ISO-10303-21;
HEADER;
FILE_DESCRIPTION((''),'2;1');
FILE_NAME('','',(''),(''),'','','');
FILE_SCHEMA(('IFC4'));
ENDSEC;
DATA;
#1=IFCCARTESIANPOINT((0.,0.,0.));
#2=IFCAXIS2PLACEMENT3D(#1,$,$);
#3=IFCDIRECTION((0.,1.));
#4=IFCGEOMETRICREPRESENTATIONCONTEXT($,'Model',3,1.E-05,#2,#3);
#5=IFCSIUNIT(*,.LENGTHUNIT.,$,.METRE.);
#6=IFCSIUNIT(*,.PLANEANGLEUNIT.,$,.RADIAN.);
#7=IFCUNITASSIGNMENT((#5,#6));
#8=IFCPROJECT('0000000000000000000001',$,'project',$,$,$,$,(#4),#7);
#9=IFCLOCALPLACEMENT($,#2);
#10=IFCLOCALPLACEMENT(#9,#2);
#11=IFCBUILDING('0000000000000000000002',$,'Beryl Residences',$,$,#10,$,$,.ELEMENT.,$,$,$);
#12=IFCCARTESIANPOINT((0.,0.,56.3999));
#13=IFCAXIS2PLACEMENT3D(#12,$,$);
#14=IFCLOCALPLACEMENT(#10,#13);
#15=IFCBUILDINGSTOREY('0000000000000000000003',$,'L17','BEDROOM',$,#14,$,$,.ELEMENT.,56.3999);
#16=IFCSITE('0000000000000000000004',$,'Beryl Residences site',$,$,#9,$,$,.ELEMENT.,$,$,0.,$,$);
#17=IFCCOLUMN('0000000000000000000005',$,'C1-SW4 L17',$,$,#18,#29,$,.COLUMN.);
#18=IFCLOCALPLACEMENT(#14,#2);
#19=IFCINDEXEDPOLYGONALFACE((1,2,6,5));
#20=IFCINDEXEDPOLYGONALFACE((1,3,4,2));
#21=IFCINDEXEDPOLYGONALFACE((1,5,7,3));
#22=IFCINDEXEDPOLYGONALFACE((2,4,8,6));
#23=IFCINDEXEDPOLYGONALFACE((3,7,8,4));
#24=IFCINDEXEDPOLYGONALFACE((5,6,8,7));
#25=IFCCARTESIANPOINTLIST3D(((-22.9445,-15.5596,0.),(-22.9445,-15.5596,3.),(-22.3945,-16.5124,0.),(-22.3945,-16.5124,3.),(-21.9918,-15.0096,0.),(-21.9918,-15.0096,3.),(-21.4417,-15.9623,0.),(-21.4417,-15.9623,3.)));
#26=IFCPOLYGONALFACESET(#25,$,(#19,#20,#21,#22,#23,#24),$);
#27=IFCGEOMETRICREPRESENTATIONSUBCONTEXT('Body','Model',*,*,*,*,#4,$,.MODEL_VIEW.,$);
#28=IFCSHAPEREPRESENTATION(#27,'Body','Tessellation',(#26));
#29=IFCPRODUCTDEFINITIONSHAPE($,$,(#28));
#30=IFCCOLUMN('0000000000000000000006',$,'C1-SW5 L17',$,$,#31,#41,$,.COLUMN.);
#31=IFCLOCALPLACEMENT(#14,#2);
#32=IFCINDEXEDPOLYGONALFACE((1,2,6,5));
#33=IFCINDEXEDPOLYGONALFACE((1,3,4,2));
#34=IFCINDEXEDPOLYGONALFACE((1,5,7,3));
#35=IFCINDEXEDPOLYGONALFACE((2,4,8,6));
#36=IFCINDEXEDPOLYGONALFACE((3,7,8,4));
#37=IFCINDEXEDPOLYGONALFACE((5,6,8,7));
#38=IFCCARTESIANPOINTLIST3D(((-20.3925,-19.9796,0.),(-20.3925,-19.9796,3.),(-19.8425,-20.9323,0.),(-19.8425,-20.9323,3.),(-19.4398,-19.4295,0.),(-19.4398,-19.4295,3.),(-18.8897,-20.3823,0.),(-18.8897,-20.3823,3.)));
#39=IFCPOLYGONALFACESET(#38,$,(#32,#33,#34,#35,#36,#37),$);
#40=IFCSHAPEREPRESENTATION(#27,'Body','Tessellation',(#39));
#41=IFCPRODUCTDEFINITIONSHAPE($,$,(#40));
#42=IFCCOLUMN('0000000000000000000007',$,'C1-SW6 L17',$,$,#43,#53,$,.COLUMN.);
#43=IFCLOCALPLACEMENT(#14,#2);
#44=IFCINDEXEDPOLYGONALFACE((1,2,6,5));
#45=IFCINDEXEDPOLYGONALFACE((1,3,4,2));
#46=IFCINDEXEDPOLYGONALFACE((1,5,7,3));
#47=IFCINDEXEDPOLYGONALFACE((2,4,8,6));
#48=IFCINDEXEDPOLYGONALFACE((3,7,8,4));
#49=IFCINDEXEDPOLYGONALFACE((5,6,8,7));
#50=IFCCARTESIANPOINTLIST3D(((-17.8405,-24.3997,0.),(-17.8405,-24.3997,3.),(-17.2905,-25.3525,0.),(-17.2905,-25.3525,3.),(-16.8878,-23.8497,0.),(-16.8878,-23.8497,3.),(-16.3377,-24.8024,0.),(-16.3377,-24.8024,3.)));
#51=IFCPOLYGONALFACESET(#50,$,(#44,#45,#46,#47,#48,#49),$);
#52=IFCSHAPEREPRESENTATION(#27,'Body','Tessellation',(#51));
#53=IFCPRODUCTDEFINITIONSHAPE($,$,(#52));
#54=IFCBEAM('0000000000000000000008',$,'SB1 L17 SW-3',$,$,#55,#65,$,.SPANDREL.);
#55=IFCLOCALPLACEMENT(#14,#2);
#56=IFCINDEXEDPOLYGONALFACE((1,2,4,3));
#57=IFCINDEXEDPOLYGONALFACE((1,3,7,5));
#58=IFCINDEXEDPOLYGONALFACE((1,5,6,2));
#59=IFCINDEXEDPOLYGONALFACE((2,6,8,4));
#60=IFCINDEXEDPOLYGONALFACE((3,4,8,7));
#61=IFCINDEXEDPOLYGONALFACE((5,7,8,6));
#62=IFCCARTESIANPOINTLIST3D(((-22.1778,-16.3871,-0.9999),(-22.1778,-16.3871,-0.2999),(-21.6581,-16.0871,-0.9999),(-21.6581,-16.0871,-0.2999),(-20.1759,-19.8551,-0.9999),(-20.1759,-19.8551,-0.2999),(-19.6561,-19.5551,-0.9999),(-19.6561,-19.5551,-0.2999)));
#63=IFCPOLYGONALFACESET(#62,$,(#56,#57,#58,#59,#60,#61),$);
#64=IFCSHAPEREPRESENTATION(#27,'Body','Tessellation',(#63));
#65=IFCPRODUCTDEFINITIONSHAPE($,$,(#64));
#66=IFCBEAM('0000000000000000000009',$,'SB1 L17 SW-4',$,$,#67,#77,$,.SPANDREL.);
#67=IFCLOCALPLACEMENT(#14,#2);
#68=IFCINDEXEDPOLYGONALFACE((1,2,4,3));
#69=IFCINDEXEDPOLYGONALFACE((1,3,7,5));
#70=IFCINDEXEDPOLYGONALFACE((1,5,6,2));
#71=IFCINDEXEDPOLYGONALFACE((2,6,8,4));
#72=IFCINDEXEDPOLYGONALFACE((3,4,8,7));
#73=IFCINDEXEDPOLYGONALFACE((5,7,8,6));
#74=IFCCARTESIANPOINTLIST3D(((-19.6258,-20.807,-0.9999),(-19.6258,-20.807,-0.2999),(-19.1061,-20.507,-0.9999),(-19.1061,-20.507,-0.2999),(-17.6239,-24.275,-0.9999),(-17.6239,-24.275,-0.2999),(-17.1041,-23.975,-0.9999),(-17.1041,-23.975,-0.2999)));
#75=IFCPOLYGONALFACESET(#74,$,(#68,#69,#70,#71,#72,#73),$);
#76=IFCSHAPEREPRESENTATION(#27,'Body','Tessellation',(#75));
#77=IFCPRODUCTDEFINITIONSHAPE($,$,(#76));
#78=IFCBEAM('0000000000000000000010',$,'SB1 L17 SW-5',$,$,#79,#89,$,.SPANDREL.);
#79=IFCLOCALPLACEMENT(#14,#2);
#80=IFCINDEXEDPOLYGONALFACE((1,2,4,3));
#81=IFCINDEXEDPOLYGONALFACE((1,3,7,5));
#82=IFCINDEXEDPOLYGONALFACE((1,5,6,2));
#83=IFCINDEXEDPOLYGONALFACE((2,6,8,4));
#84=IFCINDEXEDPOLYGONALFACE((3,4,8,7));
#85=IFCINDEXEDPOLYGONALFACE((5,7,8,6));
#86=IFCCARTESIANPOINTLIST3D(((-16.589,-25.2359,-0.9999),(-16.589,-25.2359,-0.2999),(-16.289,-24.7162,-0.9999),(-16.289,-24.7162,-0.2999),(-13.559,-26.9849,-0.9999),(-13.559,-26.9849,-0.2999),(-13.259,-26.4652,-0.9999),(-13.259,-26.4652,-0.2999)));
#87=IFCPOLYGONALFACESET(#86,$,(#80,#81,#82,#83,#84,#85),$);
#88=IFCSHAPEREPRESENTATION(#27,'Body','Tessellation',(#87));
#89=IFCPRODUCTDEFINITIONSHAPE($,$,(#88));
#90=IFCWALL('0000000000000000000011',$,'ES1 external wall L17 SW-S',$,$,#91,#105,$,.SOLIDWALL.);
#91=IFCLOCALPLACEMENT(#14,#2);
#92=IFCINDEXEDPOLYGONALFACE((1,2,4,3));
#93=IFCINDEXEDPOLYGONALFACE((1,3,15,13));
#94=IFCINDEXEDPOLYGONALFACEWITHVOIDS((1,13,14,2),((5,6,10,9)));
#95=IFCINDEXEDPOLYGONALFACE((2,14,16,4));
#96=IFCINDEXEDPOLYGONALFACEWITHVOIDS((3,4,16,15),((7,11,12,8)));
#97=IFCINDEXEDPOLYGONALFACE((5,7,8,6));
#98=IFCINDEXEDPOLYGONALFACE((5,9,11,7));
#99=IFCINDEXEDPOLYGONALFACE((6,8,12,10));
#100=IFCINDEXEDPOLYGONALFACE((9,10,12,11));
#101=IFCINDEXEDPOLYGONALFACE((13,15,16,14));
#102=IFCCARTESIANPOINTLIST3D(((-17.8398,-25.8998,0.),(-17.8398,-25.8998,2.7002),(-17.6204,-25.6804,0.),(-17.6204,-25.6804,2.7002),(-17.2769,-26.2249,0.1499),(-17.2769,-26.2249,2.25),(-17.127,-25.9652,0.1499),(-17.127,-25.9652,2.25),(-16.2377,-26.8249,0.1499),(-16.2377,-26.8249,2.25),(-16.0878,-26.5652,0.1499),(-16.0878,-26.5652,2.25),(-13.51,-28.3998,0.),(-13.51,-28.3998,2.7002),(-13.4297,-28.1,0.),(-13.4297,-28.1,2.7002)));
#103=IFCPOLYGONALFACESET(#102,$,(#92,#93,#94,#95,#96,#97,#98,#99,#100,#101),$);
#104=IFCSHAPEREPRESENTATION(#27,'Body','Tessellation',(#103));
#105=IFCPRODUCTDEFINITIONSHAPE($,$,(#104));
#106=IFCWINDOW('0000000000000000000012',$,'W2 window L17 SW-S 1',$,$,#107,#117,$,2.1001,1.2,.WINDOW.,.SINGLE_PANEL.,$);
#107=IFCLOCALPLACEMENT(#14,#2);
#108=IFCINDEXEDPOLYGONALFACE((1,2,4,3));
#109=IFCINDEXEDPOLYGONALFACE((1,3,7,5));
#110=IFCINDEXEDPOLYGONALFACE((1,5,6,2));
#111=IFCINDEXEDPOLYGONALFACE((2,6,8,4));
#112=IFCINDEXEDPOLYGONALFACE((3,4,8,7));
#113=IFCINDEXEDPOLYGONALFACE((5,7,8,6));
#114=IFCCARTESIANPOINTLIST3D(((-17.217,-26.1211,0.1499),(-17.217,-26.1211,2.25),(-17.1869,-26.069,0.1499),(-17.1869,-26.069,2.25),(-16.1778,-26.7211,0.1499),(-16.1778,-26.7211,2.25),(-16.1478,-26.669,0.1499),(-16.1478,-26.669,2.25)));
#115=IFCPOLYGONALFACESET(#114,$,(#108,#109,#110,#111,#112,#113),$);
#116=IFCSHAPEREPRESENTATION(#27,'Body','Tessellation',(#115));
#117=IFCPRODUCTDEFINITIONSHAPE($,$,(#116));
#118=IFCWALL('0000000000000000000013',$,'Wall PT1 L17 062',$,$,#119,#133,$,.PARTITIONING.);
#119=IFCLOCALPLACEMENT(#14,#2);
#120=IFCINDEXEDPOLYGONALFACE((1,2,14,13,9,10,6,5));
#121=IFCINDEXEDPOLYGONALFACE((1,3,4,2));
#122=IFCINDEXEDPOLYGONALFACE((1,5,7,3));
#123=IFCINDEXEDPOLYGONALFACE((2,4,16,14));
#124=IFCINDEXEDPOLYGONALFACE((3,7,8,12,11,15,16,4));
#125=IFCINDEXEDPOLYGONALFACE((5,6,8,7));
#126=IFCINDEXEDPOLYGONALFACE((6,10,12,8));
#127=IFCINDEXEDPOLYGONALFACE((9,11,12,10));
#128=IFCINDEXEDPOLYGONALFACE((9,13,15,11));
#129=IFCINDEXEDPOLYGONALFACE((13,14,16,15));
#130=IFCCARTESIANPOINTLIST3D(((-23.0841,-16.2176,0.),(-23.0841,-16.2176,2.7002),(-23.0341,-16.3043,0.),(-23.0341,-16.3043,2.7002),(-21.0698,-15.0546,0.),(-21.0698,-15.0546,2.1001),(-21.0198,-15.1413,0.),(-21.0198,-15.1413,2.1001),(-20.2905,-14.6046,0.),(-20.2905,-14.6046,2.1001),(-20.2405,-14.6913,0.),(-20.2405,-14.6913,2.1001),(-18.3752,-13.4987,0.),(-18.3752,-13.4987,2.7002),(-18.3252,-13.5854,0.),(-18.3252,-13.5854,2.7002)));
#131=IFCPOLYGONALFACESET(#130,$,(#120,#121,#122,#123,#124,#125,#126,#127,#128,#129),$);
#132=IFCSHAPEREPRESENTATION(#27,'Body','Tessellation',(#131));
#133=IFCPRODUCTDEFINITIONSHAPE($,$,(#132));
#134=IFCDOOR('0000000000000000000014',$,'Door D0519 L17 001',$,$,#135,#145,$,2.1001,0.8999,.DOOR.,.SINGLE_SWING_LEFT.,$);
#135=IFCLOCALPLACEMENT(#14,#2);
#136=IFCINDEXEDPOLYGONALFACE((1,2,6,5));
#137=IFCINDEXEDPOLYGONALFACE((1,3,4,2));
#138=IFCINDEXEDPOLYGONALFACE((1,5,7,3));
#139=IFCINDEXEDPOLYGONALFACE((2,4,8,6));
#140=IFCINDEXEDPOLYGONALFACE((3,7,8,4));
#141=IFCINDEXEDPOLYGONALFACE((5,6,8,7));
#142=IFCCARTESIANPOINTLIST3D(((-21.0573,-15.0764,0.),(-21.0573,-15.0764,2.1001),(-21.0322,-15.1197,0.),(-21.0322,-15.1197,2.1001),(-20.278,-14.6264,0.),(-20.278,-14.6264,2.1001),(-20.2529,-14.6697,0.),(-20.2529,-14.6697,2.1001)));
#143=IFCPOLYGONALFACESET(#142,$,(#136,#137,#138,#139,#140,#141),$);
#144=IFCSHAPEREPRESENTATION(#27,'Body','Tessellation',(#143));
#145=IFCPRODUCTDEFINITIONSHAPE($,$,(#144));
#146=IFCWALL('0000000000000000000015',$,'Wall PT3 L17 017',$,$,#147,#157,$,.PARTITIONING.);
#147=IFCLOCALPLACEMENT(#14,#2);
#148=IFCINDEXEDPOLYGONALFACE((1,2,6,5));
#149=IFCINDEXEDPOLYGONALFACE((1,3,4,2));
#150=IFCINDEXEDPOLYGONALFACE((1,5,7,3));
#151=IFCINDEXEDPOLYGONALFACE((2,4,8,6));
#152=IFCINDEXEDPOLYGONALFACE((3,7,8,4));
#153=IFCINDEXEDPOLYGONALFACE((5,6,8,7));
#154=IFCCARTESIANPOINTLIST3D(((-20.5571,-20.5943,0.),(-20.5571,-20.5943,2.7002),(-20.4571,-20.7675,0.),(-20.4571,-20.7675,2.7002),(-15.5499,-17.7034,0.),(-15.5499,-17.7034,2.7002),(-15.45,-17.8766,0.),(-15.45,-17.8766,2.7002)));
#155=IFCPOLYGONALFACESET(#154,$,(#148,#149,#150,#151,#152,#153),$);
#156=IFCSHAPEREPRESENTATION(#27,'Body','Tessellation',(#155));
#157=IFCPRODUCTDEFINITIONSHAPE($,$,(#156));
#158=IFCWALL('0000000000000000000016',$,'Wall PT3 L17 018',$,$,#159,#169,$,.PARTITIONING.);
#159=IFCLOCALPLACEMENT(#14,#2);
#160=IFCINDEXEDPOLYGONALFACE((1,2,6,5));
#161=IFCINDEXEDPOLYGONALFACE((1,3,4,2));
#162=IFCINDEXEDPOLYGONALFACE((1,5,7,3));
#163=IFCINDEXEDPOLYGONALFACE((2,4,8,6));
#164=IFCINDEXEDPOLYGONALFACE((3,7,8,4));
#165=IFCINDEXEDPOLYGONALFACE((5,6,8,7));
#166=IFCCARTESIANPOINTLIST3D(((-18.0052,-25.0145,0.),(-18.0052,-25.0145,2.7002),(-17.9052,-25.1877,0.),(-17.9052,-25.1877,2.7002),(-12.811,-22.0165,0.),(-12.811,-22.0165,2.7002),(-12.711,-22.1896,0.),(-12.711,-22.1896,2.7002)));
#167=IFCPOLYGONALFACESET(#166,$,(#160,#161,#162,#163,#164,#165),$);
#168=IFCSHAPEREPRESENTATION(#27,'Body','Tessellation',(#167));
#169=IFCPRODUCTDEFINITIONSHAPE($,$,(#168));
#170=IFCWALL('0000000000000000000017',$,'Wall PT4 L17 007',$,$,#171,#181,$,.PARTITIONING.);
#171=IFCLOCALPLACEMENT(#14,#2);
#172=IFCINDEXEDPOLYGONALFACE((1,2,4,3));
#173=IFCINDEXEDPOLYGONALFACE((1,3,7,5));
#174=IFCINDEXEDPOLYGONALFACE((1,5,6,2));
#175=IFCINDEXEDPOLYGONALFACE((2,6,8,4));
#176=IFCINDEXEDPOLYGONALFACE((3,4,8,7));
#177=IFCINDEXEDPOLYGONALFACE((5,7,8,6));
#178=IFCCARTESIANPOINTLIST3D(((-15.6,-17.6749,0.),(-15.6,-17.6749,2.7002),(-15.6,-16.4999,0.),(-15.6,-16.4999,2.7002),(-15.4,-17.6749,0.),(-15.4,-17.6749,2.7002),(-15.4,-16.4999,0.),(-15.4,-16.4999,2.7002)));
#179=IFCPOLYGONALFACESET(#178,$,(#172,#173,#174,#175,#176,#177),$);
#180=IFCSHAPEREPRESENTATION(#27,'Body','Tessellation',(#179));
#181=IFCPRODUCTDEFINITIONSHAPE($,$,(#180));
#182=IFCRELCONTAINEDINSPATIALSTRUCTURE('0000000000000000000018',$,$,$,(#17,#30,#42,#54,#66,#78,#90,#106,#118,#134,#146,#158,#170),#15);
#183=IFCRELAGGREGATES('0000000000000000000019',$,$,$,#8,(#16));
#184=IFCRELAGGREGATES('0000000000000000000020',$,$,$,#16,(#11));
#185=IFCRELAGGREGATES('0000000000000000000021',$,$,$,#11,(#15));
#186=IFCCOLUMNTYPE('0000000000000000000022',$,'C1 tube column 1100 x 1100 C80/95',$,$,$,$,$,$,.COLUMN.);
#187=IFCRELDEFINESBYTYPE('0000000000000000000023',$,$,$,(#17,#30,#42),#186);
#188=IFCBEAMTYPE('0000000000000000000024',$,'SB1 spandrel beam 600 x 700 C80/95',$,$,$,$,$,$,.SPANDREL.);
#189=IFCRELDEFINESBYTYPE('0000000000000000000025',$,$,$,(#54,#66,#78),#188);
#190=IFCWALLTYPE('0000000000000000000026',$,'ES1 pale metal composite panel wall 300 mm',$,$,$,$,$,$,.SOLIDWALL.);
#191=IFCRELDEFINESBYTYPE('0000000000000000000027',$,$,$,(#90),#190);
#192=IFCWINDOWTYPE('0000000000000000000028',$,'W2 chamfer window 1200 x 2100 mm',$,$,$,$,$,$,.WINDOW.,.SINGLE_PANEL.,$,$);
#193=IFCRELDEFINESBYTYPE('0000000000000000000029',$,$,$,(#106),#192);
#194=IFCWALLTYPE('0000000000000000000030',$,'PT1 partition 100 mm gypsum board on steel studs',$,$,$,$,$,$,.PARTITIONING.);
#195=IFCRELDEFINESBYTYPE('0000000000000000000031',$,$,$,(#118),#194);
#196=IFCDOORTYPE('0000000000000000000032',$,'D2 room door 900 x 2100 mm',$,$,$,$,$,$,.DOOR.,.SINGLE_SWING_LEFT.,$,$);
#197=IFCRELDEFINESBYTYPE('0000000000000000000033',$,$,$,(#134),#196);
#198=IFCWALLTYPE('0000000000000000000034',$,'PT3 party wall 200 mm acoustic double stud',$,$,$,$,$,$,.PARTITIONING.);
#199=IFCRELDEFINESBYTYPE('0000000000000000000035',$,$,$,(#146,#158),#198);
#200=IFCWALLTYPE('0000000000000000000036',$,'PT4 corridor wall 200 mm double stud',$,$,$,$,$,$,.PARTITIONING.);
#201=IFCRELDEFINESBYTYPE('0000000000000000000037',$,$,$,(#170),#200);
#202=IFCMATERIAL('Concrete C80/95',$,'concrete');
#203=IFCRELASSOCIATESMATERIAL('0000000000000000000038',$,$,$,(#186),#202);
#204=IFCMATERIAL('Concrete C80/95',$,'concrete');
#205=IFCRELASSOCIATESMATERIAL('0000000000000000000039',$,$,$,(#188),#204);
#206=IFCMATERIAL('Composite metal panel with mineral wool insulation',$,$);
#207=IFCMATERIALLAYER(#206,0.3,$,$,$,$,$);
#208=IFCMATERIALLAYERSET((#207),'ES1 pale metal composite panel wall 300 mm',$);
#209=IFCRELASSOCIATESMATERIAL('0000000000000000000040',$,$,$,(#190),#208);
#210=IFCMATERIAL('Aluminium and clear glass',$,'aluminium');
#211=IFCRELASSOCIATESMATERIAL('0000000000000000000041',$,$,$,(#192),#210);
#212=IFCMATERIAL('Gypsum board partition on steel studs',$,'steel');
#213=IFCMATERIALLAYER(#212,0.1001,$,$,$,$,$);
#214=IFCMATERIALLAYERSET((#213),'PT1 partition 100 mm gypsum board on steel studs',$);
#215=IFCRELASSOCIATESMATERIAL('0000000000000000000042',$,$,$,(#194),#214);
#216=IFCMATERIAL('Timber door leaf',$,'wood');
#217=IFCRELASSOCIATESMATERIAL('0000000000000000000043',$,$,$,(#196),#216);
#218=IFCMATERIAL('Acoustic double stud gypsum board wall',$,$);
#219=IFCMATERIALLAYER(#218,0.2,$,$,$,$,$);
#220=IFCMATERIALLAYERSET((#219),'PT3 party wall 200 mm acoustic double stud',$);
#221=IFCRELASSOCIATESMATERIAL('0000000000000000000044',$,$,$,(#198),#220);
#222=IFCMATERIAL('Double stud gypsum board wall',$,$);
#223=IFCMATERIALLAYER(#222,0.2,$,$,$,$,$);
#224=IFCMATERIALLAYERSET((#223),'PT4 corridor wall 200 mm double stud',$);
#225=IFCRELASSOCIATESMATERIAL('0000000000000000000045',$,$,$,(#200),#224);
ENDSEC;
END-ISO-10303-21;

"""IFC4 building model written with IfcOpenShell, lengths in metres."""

from ifc_helpers import new_model, si_unit, direction, frame, frame_2d, origin, origin_2d, place, context, subcontext, project, spatial, polyline, rectangle, outline, extrude, material, layer, layer_set, material_profile, profile_set, type_object, element, fill, save


model = new_model("IFC4")

# Units and contexts
model_context = context("Model", 3, precision=1e-05, world=origin(), true_north=direction((0.0, 1.0)))
body_context = subcontext(model_context, "Body", "Model", "MODEL_VIEW")
ifc_project = project(units=[si_unit("LENGTHUNIT", "METRE"), si_unit("PLANEANGLEUNIT", "RADIAN")], contexts=[model_context])

# Site, building, storey
site_placement = place(None, origin())
site = spatial("IfcSite", under=ifc_project, at=site_placement, Name="Beryl Residences site", CompositionType="ELEMENT", RefElevation=0.0)
building_placement = place(site_placement, origin())
building = spatial("IfcBuilding", under=site, at=building_placement, Name="Beryl Residences", CompositionType="ELEMENT")
storey_placement = place(building_placement, frame((0.0, 0.0, 56.3999)))
storey = spatial("IfcBuildingStorey", under=building, at=storey_placement, Name="L17", Description="BEDROOM", CompositionType="ELEMENT", Elevation=56.3999)

# Columns
ifc_material_1 = material(Name="Concrete C80/95", Category="concrete")
ifc_material_profile_1 = material_profile(ifc_material_1, rectangle(XDim=1.1001, YDim=1.1001, at=origin_2d()))
ifc_profile_set_1 = profile_set([ifc_material_profile_1], Name="Concrete C80/95")
column_type = type_object("IfcColumnType", Name="C1 tube column 1100 x 1100 C80/95", PredefinedType="COLUMN", material=ifc_profile_set_1)
for number, where, z_axis, x_axis, name in (
    (1, (-22.1931, -15.761, 0.0), (0.0, 0.0, 1.0), (0.499985, -0.866034, 0.0), "C1-SW4 L17"),
    (2, (-19.6411, -20.1809, 0.0), (0.0, 0.0, 1.0), (0.499985, -0.866034, 0.0), "C1-SW5 L17"),
    (3, (-17.0891, -24.6011, 0.0), (0.0, 0.0, 1.0), (0.499985, -0.866034, 0.0), "C1-SW6 L17"),
):
    element("IfcColumn", number, at=place(storey_placement, frame(where, z_axis=z_axis, x_axis=x_axis)), inside=storey, type_object=column_type, Name=name, PredefinedType="COLUMN", context=body_context, shape_type="SweptSolid", body=[
        extrude(rectangle(XDim=1.1001, YDim=1.1001, at=origin_2d()), origin(), (0.0, 0.0, 1.0), 3.0),
    ])

# Beams
ifc_material_2 = material(Name="Concrete C80/95", Category="concrete")
ifc_material_profile_2 = material_profile(ifc_material_2, rectangle(XDim=0.6001, YDim=0.7, at=origin_2d()))
ifc_profile_set_2 = profile_set([ifc_material_profile_2], Name="Concrete C80/95")
beam_type = type_object("IfcBeamType", Name="SB1 spandrel beam 600 x 700 C80/95", PredefinedType="SPANDREL", material=ifc_profile_set_2)
for number, where, z_axis, x_axis, name in (
    (4, (-21.918, -16.2371, -0.6499), (0.499942, -0.866059, 0.0), (0.866059, 0.499942, 0.0), "SB1 L17 SW-3"),
    (5, (-19.366, -20.657, -0.6499), (0.499942, -0.866059, 0.0), (0.866059, 0.499942, 0.0), "SB1 L17 SW-4"),
):
    element("IfcBeam", number, at=place(storey_placement, frame(where, z_axis=z_axis, x_axis=x_axis)), inside=storey, type_object=beam_type, Name=name, PredefinedType="SPANDREL", context=body_context, shape_type="SweptSolid", body=[
        extrude(rectangle(XDim=0.6001, YDim=0.7, at=origin_2d()), origin(), (0.0, 0.0, 1.0), 4.0044),
    ])
beam_placement = place(storey_placement, frame((-16.439, -24.9761, -0.6499), z_axis=(0.866071, -0.499922, 0.0), x_axis=(0.499922, 0.866071, 0.0)))
element("IfcBeam", 6, at=beam_placement, inside=storey, type_object=beam_type, Name="SB1 L17 SW-5", PredefinedType="SPANDREL", context=body_context, shape_type="SweptSolid", body=[
    extrude(rectangle(XDim=0.6001, YDim=0.7, at=origin_2d()), origin(), (0.0, 0.0, 1.0), 3.4985),
])

# Wall, opening, window
ifc_material_3 = material(Name="Composite metal panel with mineral wool insulation")
ifc_layer_1 = layer(ifc_material_3, 0.3)
ifc_layer_set_1 = layer_set([ifc_layer_1], Name="ES1 pale metal composite panel wall 300 mm")
wall_type_1 = type_object("IfcWallType", Name="ES1 pale metal composite panel wall 300 mm", PredefinedType="SOLIDWALL", material=ifc_layer_set_1)
wall_1_placement = place(storey_placement, frame((-17.7649, -25.77, 0.0), z_axis=(0.0, 0.0, 1.0), x_axis=(0.866011, -0.500025, 0.0)))
wall_1 = element("IfcWall", 7, at=wall_1_placement, inside=storey, type_object=wall_type_1, Name="ES1 external wall L17 SW-S", PredefinedType="SOLIDWALL", context=body_context, shape_type="SweptSolid", body=[
    extrude(outline(polyline([(0.0, -0.1499), (4.9998, -0.1499), (4.9194, 0.1499), (0.0803, 0.1499), (0.0, -0.1499)])), origin(), (0.0, 0.0, 1.0), 2.7002),
])
opening_1_placement = place(wall_1_placement, frame((0.6499, 0.0, 0.1499)))
opening_1 = element("IfcOpeningElement", 8, at=opening_1_placement, cuts=wall_1, PredefinedType="OPENING", context=body_context, shape_type="SweptSolid", body=[
    extrude(rectangle(XDim=1.2, YDim=2.1001, at=frame_2d((0.6001, 1.05))), frame((0.0, 0.1599, 0.0), z_axis=(0.0, -1.0, 0.0), x_axis=(1.0, 0.0, 0.0)), (0.0, 0.0, 1.0), 0.3201),
])
ifc_material_4 = material(Name="Aluminium and clear glass", Category="aluminium")
window_type = type_object("IfcWindowType", Name="W2 chamfer window 1200 x 2100 mm", PartitioningType="SINGLE_PANEL", PredefinedType="WINDOW", material=ifc_material_4)
window_placement = place(opening_1_placement, origin())
window = element("IfcWindow", 9, at=window_placement, inside=storey, type_object=window_type, Name="W2 window L17 SW-S 1", OverallHeight=2.1001, OverallWidth=1.2, PartitioningType="SINGLE_PANEL", PredefinedType="WINDOW", context=body_context, shape_type="SweptSolid", body=[
    extrude(rectangle(XDim=1.2, YDim=2.1001, at=frame_2d((0.6001, 1.05))), frame((0.0, 0.03, 0.0), z_axis=(0.0, -1.0, 0.0), x_axis=(1.0, 0.0, 0.0)), (0.0, 0.0, 1.0), 0.0601),
])
fill(opening_1, window)

# Wall, opening, door
ifc_material_5 = material(Name="Gypsum board partition on steel studs", Category="steel")
ifc_layer_2 = layer(ifc_material_5, 0.1001)
ifc_layer_set_2 = layer_set([ifc_layer_2], Name="PT1 partition 100 mm gypsum board on steel studs")
wall_type_2 = type_object("IfcWallType", Name="PT1 partition 100 mm gypsum board on steel studs", PredefinedType="PARTITIONING", material=ifc_layer_set_2)
wall_2_placement = place(storey_placement, frame((-23.0591, -16.261, 0.0), z_axis=(0.0, 0.0, 1.0), x_axis=(0.866005, 0.500036, 0.0)))
wall_2 = element("IfcWall", 10, at=wall_2_placement, inside=storey, type_object=wall_type_2, Name="Wall PT1 L17 062", PredefinedType="PARTITIONING", context=body_context, shape_type="SweptSolid", body=[
    extrude(rectangle(XDim=5.4375, YDim=0.1001, at=frame_2d((2.7188, 0.0))), origin(), (0.0, 0.0, 1.0), 2.7002),
])
opening_2_placement = place(wall_2_placement, frame((2.3259, 0.0, 0.0)))
opening_2 = element("IfcOpeningElement", 11, at=opening_2_placement, cuts=wall_2, PredefinedType="OPENING", context=body_context, shape_type="SweptSolid", body=[
    extrude(rectangle(XDim=0.8999, YDim=2.1001, at=frame_2d((0.45, 1.05))), frame((0.0, 0.0601, 0.0), z_axis=(0.0, -1.0, 0.0), x_axis=(1.0, 0.0, 0.0)), (0.0, 0.0, 1.0), 0.1201),
])
ifc_material_6 = material(Name="Timber door leaf", Category="wood")
door_type_1 = type_object("IfcDoorType", Name="D2 room door 900 x 2100 mm", OperationType="SINGLE_SWING_LEFT", PredefinedType="DOOR", material=ifc_material_6)
door_1_placement = place(opening_2_placement, origin())
door_1 = element("IfcDoor", 12, at=door_1_placement, inside=storey, type_object=door_type_1, Name="Door D0519 L17 001", OperationType="SINGLE_SWING_LEFT", OverallHeight=2.1001, OverallWidth=0.8999, PredefinedType="DOOR", context=body_context, shape_type="SweptSolid", body=[
    extrude(rectangle(XDim=0.8999, YDim=2.1001, at=frame_2d((0.45, 1.05))), frame((0.0, 0.0249, 0.0), z_axis=(0.0, -1.0, 0.0), x_axis=(1.0, 0.0, 0.0)), (0.0, 0.0, 1.0), 0.05),
])
fill(opening_2, door_1)

# Walls
ifc_material_7 = material(Name="Acoustic double stud gypsum board wall")
ifc_layer_3 = layer(ifc_material_7, 0.2)
ifc_layer_set_3 = layer_set([ifc_layer_3], Name="PT3 party wall 200 mm acoustic double stud")
wall_type_3 = type_object("IfcWallType", Name="PT3 party wall 200 mm acoustic double stud", PredefinedType="PARTITIONING", material=ifc_layer_set_3)
wall_3_placement = place(storey_placement, frame((-20.5071, -20.6809, 0.0), z_axis=(0.0, 0.0, 1.0), x_axis=(0.866023, 0.500004, 0.0)))
element("IfcWall", 13, at=wall_3_placement, inside=storey, type_object=wall_type_3, Name="Wall PT3 L17 017", PredefinedType="PARTITIONING", context=body_context, shape_type="SweptSolid", body=[
    extrude(rectangle(XDim=5.7817, YDim=0.2, at=frame_2d((2.8909, 0.0))), origin(), (0.0, 0.0, 1.0), 2.7002),
])
wall_4_placement = place(storey_placement, frame((-17.9551, -25.1011, 0.0), z_axis=(0.0, 0.0, 1.0), x_axis=(0.866081, 0.499905, 0.0)))
element("IfcWall", 14, at=wall_4_placement, inside=storey, type_object=wall_type_3, Name="Wall PT3 L17 018", PredefinedType="PARTITIONING", context=body_context, shape_type="SweptSolid", body=[
    extrude(rectangle(XDim=5.9973, YDim=0.2, at=frame_2d((2.9985, 0.0))), origin(), (0.0, 0.0, 1.0), 2.7002),
])
ifc_material_8 = material(Name="Double stud gypsum board wall")
ifc_layer_4 = layer(ifc_material_8, 0.2)
ifc_layer_set_4 = layer_set([ifc_layer_4], Name="PT4 corridor wall 200 mm double stud")
wall_type_4 = type_object("IfcWallType", Name="PT4 corridor wall 200 mm double stud", PredefinedType="PARTITIONING", material=ifc_layer_set_4)
wall_5_placement = place(storey_placement, frame((-15.5, -16.5, 0.0), z_axis=(0.0, 0.0, 1.0), x_axis=(0.0, -1.0, 0.0)))
element("IfcWall", 15, at=wall_5_placement, inside=storey, type_object=wall_type_4, Name="Wall PT4 L17 007", PredefinedType="PARTITIONING", context=body_context, shape_type="SweptSolid", body=[
    extrude(rectangle(XDim=1.175, YDim=0.2, at=frame_2d((0.5874, 0.0))), origin(), (0.0, 0.0, 1.0), 2.7002),
])

save(model, "model.ifc")
